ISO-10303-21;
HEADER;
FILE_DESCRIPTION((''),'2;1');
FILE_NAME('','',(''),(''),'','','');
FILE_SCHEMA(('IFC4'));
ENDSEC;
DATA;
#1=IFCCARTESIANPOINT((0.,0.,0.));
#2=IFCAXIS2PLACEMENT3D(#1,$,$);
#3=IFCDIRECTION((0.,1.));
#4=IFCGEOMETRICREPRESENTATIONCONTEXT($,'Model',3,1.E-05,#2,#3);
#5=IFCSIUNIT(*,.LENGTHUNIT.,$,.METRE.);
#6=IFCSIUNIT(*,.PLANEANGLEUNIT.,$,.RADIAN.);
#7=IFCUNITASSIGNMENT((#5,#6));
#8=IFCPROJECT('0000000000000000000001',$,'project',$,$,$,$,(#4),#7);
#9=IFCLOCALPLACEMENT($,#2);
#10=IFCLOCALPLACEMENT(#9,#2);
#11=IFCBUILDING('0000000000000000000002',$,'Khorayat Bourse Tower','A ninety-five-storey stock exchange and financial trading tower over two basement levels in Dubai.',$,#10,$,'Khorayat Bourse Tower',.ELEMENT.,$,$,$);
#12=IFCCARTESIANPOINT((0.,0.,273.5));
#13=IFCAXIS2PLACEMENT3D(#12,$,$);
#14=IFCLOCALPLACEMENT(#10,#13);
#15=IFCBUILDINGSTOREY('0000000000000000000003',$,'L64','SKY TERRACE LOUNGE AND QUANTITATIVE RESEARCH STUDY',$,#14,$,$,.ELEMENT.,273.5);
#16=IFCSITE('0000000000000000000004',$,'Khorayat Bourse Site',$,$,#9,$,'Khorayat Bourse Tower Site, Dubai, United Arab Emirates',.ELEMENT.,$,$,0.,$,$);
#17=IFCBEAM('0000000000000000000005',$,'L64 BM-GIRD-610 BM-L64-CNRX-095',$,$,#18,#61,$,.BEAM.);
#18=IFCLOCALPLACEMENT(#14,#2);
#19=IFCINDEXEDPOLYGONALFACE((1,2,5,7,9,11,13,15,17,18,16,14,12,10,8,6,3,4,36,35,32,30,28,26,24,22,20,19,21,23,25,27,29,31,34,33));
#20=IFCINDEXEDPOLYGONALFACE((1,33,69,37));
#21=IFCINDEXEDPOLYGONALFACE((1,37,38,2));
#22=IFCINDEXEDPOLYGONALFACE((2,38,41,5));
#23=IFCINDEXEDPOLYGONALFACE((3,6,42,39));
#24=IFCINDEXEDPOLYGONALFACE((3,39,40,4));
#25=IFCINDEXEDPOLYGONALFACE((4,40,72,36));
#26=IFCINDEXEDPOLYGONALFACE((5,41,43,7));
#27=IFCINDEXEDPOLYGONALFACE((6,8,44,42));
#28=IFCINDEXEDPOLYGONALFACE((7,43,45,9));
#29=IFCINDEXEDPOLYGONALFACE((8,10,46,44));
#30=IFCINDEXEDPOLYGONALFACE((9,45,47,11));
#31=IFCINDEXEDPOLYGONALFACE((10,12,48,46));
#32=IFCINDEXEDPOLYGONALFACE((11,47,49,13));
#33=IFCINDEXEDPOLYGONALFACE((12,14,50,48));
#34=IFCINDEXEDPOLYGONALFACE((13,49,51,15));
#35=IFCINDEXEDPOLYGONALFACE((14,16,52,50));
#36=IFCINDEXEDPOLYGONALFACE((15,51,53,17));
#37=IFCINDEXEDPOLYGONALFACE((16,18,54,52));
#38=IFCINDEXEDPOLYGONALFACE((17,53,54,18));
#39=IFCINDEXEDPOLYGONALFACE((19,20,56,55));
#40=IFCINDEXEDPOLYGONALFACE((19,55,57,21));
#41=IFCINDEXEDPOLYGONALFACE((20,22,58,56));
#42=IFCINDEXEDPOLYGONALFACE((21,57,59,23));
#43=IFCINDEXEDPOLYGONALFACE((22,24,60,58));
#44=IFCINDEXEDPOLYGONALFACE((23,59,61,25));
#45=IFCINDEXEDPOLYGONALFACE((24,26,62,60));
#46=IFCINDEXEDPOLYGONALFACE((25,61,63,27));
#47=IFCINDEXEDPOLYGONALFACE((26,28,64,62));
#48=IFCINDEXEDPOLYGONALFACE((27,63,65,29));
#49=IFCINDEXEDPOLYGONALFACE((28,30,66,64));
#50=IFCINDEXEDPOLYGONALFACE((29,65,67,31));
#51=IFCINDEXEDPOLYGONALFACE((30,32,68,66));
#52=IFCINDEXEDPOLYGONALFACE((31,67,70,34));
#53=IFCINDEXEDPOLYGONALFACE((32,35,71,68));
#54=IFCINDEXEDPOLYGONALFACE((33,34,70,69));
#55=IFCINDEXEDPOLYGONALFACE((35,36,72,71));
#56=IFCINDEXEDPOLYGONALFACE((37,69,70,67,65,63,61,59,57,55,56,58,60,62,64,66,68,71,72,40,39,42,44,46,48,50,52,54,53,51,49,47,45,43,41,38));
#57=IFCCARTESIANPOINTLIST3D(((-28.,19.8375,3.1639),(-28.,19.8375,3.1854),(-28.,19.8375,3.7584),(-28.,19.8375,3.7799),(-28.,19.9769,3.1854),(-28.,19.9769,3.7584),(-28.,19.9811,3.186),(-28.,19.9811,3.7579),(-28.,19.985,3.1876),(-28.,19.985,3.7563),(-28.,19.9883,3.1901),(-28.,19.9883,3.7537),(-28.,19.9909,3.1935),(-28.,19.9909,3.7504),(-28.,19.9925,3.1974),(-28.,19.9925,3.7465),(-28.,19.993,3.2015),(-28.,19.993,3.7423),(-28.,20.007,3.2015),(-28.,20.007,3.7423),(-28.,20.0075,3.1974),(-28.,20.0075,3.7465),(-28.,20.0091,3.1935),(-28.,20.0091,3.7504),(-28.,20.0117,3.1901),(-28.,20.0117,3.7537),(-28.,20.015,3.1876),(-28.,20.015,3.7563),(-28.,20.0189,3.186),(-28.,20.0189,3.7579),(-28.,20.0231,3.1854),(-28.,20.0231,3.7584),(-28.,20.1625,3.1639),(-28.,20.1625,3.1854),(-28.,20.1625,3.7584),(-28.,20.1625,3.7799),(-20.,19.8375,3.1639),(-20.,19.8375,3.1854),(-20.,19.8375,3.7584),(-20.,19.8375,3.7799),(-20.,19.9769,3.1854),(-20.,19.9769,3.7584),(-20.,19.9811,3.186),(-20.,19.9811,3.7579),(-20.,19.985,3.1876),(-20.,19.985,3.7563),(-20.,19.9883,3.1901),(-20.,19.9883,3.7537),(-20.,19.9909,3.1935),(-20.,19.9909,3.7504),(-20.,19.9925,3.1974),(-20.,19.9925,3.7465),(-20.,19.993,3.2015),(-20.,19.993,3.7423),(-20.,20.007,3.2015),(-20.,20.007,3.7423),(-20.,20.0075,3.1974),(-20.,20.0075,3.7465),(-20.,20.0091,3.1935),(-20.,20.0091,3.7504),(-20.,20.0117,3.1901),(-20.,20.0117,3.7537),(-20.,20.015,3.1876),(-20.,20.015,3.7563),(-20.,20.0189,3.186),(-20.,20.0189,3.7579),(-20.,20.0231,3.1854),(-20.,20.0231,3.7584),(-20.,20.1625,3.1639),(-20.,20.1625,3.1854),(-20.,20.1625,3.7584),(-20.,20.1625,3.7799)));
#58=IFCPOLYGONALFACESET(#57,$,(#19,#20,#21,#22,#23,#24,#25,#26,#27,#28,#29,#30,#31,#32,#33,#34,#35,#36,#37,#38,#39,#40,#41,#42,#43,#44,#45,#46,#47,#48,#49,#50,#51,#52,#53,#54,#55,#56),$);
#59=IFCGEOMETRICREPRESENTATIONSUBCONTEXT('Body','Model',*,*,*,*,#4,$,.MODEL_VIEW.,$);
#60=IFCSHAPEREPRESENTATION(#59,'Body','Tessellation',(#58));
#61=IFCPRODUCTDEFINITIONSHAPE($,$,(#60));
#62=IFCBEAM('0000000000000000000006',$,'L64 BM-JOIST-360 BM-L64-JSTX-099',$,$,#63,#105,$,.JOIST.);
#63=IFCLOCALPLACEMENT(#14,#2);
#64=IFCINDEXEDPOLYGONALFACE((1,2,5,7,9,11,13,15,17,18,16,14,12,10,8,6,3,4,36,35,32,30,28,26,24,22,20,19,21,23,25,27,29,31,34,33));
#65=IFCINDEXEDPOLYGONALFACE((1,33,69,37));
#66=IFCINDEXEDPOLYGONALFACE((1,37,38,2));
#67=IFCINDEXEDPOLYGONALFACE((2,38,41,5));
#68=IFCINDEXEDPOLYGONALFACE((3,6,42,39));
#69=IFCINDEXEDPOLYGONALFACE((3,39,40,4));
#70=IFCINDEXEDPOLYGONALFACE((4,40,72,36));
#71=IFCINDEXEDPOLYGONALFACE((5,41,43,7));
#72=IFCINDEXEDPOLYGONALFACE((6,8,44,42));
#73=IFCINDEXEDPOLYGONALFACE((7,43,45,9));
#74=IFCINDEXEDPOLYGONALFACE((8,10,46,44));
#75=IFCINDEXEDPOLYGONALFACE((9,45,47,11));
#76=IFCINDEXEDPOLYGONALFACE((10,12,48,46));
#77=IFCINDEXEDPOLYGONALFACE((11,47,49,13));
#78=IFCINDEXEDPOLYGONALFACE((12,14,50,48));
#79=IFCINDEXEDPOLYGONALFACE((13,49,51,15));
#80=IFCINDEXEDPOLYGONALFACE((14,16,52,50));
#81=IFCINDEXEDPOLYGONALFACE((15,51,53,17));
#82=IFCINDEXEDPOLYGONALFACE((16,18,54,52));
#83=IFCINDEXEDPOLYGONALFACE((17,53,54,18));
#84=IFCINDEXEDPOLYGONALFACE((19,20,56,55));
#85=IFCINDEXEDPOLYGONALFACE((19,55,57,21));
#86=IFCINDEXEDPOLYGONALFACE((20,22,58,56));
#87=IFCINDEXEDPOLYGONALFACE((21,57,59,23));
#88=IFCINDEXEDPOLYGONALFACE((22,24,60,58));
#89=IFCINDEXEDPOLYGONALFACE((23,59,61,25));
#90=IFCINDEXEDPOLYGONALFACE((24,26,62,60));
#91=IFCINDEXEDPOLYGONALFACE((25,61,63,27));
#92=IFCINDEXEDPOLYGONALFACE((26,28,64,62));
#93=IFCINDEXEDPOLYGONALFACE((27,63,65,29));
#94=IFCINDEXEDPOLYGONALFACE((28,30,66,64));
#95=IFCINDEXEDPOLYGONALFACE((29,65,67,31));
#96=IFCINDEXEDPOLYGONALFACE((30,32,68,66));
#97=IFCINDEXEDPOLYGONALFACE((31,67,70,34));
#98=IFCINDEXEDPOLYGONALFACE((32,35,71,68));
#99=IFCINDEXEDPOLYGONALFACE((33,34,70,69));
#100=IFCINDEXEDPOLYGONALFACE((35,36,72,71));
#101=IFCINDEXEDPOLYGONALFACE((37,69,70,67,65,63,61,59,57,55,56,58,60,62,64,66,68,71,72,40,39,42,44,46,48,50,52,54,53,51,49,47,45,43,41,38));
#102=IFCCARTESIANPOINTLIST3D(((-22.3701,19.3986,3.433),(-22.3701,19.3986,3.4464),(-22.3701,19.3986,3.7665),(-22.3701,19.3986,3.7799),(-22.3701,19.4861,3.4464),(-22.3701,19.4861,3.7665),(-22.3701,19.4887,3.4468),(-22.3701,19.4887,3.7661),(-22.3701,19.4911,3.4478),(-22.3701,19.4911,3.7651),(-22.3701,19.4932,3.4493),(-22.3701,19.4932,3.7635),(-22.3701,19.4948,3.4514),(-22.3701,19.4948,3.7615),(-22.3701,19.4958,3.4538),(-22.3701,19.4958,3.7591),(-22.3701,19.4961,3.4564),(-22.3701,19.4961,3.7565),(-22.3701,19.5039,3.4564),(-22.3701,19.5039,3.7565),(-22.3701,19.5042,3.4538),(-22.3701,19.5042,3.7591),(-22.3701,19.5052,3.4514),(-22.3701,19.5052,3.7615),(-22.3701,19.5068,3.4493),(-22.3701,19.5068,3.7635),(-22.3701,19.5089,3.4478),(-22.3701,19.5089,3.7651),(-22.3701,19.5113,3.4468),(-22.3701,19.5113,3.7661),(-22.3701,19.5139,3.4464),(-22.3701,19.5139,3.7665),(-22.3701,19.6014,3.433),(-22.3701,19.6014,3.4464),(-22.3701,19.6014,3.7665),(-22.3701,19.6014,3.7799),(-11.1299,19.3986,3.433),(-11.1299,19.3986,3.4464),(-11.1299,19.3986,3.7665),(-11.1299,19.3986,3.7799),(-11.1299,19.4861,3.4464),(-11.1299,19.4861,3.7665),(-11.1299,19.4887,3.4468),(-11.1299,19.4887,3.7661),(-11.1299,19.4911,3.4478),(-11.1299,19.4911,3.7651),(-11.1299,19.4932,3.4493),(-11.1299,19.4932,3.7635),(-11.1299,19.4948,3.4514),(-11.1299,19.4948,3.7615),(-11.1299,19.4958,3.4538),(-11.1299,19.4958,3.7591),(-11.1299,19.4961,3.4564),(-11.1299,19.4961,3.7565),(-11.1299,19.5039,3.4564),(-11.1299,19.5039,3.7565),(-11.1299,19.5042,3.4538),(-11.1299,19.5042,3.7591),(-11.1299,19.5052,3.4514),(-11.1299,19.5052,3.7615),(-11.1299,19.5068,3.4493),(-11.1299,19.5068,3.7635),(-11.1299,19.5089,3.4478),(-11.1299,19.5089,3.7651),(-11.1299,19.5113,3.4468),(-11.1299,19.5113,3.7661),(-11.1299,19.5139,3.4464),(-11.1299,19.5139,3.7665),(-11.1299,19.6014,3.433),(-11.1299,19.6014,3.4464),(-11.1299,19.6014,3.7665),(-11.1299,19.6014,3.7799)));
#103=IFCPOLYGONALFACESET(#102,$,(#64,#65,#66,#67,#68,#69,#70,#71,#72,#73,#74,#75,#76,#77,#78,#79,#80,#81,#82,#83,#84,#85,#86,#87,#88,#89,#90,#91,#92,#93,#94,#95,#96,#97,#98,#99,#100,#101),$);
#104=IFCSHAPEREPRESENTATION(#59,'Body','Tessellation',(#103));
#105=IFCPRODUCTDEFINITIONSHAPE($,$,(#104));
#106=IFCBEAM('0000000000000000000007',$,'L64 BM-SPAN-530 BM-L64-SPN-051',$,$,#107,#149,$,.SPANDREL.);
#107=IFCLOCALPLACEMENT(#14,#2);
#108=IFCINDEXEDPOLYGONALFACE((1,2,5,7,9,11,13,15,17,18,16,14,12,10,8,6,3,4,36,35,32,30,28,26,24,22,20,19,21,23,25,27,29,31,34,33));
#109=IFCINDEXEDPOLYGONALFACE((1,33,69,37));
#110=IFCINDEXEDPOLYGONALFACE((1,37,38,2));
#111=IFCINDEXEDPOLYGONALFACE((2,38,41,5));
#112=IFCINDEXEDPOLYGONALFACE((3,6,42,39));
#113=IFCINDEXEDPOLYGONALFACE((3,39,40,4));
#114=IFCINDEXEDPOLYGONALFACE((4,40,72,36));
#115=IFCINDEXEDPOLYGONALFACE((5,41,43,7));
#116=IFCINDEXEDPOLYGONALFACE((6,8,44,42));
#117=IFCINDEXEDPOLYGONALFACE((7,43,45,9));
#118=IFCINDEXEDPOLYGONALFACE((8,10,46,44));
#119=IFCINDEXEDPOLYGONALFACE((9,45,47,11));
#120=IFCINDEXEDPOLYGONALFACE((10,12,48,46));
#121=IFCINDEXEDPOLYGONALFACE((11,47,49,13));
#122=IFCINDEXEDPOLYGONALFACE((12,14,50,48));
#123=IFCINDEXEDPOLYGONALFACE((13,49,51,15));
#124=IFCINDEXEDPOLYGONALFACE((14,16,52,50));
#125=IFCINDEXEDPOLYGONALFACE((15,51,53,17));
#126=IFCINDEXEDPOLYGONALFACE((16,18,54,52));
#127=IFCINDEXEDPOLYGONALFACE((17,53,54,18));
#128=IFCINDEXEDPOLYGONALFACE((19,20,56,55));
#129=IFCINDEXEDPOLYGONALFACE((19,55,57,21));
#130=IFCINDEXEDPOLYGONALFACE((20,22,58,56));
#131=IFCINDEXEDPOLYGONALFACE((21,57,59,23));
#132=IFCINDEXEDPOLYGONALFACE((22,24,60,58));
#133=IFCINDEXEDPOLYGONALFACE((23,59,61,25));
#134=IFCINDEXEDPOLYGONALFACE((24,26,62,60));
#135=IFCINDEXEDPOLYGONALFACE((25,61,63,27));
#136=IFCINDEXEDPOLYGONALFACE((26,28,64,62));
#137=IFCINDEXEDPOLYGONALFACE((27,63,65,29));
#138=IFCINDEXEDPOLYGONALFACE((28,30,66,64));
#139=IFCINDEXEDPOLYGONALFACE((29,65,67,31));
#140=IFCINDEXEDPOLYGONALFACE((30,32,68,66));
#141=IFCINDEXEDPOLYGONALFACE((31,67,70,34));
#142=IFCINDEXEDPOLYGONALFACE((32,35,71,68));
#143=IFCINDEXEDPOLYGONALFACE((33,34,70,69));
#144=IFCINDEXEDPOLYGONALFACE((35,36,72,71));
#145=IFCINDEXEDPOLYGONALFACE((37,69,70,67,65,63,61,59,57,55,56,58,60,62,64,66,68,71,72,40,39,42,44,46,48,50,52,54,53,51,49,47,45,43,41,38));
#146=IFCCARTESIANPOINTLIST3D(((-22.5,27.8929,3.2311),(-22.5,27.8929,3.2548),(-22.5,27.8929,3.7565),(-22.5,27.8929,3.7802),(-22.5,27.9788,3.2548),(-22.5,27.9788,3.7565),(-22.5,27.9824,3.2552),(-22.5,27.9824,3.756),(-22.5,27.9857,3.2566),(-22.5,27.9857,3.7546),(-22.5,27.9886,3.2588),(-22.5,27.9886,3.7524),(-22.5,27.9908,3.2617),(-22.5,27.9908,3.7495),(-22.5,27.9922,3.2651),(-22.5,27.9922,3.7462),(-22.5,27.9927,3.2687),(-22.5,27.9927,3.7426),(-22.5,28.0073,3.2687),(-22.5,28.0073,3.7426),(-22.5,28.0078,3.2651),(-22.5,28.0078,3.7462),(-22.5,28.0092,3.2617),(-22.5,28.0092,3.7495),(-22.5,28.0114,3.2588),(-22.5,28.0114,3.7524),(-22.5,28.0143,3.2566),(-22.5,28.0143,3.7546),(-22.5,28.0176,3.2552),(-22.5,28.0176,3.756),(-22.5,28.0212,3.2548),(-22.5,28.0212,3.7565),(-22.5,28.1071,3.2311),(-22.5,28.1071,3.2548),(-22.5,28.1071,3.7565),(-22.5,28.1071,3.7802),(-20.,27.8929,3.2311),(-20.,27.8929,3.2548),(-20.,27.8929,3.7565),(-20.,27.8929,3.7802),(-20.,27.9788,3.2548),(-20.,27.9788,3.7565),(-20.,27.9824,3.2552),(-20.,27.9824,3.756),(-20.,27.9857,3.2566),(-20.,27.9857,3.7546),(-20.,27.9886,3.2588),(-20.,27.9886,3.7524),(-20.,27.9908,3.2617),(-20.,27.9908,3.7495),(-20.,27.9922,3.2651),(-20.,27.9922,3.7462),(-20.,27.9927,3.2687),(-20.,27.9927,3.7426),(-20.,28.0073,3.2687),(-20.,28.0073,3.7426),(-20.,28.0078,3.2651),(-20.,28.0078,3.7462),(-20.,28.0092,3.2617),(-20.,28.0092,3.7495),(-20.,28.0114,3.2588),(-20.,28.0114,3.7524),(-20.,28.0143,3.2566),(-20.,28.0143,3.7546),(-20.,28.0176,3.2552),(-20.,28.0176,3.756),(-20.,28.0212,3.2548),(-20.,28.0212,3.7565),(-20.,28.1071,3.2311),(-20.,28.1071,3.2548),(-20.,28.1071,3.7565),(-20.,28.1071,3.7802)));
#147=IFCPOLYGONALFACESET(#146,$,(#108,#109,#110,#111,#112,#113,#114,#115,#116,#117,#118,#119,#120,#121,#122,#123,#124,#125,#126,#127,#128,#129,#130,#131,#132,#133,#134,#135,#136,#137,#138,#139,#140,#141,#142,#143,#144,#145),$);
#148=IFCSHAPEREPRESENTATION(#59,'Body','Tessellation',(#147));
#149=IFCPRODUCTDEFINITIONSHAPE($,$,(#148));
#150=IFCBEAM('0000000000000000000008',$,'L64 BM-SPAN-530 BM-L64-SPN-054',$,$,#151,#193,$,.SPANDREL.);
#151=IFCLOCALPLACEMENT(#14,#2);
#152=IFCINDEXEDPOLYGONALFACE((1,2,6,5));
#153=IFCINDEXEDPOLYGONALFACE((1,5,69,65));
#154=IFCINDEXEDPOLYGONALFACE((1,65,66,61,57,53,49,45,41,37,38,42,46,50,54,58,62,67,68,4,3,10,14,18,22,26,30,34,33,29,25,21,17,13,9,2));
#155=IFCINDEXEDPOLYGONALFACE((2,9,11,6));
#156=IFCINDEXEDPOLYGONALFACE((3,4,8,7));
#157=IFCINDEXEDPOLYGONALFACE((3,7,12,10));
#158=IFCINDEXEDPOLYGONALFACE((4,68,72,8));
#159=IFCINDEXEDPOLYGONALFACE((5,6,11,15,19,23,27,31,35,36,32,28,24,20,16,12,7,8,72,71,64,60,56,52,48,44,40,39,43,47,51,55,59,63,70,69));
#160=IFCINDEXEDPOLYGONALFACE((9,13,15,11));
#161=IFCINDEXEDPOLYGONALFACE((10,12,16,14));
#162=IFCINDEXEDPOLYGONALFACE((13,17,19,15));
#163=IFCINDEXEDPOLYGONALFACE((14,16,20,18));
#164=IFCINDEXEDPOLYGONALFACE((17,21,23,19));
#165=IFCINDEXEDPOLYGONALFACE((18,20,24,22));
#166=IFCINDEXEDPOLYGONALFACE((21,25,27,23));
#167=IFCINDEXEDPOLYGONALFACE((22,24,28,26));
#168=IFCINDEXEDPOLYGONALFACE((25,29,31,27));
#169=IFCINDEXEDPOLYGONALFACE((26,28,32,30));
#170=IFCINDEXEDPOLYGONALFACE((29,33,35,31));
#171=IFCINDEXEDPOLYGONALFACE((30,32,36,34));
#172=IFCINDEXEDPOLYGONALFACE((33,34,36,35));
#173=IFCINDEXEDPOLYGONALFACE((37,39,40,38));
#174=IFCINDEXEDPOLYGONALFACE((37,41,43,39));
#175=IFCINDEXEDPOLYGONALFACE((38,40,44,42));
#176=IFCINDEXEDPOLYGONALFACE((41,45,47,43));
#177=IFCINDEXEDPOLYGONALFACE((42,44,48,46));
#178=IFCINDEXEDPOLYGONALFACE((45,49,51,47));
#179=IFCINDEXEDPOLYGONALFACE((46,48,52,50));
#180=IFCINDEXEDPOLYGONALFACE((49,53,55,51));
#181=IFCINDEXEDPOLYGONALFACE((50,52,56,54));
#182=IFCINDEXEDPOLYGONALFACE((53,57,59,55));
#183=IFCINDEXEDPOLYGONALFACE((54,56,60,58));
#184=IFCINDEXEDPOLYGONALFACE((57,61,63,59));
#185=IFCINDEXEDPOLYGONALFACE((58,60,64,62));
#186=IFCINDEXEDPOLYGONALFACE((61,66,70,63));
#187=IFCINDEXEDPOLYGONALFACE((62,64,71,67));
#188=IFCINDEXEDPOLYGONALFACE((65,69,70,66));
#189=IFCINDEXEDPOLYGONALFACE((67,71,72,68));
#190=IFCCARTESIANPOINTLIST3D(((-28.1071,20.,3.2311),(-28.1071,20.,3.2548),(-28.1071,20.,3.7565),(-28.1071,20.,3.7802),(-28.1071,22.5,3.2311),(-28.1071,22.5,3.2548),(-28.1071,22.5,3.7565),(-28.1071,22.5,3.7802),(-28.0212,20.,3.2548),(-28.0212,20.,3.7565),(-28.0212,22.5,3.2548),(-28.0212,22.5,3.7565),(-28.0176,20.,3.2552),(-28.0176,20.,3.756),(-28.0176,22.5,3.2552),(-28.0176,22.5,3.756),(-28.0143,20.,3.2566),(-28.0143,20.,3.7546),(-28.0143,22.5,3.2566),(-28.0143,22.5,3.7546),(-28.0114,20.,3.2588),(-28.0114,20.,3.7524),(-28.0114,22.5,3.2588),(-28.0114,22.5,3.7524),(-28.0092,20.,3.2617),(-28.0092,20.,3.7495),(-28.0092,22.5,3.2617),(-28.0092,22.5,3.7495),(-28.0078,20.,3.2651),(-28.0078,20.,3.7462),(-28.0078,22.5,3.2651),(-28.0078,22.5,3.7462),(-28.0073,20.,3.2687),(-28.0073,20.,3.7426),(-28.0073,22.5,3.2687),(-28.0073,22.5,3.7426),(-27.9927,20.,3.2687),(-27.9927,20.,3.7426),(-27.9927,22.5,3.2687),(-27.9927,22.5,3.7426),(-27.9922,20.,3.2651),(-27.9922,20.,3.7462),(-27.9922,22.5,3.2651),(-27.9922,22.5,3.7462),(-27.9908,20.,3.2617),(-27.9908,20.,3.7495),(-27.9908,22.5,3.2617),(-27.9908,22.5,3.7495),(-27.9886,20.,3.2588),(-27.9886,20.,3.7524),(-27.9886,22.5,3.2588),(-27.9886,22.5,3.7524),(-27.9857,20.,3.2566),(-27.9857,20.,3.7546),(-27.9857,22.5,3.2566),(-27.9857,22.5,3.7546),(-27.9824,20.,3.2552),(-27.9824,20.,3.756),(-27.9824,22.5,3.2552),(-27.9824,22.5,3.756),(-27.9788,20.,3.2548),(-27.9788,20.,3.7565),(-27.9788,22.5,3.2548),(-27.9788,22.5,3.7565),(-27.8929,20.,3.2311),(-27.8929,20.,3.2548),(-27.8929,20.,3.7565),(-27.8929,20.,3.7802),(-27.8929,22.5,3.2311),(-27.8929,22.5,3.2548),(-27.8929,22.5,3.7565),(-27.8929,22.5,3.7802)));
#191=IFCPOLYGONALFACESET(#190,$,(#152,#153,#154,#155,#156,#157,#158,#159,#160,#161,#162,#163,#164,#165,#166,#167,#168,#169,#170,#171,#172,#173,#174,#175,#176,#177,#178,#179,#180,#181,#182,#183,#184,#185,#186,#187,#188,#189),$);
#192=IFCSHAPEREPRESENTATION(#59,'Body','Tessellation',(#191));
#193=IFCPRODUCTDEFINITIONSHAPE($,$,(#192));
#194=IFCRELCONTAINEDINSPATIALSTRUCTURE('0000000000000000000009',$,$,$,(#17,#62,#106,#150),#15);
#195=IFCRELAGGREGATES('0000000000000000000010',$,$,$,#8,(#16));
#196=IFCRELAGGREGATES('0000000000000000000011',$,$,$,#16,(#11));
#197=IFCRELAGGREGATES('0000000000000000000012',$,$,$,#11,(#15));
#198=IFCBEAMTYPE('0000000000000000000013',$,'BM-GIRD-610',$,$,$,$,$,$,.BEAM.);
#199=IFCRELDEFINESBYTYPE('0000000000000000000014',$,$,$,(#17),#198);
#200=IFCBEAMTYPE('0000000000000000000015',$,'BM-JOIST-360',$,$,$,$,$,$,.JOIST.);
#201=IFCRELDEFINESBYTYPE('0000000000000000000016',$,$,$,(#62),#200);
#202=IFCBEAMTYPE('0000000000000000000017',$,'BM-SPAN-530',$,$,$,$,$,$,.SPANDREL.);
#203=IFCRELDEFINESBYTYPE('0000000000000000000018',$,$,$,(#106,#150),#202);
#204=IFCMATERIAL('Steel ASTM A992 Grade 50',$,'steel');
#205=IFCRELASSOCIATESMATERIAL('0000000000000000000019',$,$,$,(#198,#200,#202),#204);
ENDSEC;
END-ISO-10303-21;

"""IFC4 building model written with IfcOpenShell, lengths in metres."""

from ifc_helpers import new_model, si_unit, direction, frame, origin, origin_2d, place, context, subcontext, project, spatial, i_section, extrude, source, transform, mapped, material, material_profile, profile_set, type_object, element, save


model = new_model("IFC4")

# Units and contexts
model_context = context("Model", 3, precision=1e-05, world=origin(), true_north=direction((0.0, 1.0)))
body_context = subcontext(model_context, "Body", "Model", "MODEL_VIEW")
ifc_project = project(units=[si_unit("LENGTHUNIT", "METRE"), si_unit("PLANEANGLEUNIT", "RADIAN")], contexts=[model_context])

# Site, building, storey
site_placement = place(None, origin())
site = spatial("IfcSite", under=ifc_project, at=site_placement, Name="Khorayat Bourse Site", LongName="Khorayat Bourse Tower Site, Dubai, United Arab Emirates", CompositionType="ELEMENT", RefElevation=0.0)
building_placement = place(site_placement, origin())
building = spatial("IfcBuilding", under=site, at=building_placement, Name="Khorayat Bourse Tower", Description="A ninety-five-storey stock exchange and financial trading tower over two basement levels in Dubai.", LongName="Khorayat Bourse Tower", CompositionType="ELEMENT")
storey_placement = place(building_placement, frame((0.0, 0.0, 273.5)))
storey = spatial("IfcBuildingStorey", under=building, at=storey_placement, Name="L64", Description="SKY TERRACE LOUNGE AND QUANTITATIVE RESEARCH STUDY", CompositionType="ELEMENT", Elevation=273.5)

# Beams
ifc_material_1 = material(Name="Steel ASTM A992 Grade 50", Category="steel")
ifc_material_profile_1 = material_profile(ifc_material_1, i_section(OverallWidth=0.325, OverallDepth=0.616, WebThickness=0.0139, FlangeThickness=0.0215, FilletRadius=0.0161, at=origin_2d()), Name="W610X174")
ifc_profile_set_1 = profile_set([ifc_material_profile_1], Name="Steel ASTM A992 Grade 50")
beam_type_1 = type_object("IfcBeamType", Name="BM-GIRD-610", PredefinedType="BEAM", material=ifc_profile_set_1)
shared_shape_1 = source(origin(), body_context, "Body", "SweptSolid", [
    extrude(i_section(OverallWidth=0.325, OverallDepth=0.616, WebThickness=0.0139, FlangeThickness=0.0215, FilletRadius=0.0161, at=origin_2d()), origin(), (0.0, 0.0, 1.0), 8.0),
])
beam_1_placement = place(storey_placement, frame((-28.0, 20.0, 3.4719), z_axis=(1.0, 0.0, 0.0), x_axis=(0.0, 1.0, 0.0)))
element("IfcBeam", 1, at=beam_1_placement, inside=storey, type_object=beam_type_1, Name="L64 BM-GIRD-610 BM-L64-CNRX-095", PredefinedType="BEAM", context=body_context, shape_type="MappedRepresentation", body=[
    mapped(shared_shape_1, transform((0.0, 0.0, 0.0), scale=1.0)),
])
ifc_material_profile_2 = material_profile(ifc_material_1, i_section(OverallWidth=0.2029, OverallDepth=0.3469, WebThickness=0.0078, FlangeThickness=0.0134, FilletRadius=0.01, at=origin_2d()), Name="W360X64")
ifc_profile_set_2 = profile_set([ifc_material_profile_2], Name="Steel ASTM A992 Grade 50")
beam_type_2 = type_object("IfcBeamType", Name="BM-JOIST-360", PredefinedType="JOIST", material=ifc_profile_set_2)
shared_shape_2 = source(origin(), body_context, "Body", "SweptSolid", [
    extrude(i_section(OverallWidth=0.2029, OverallDepth=0.3469, WebThickness=0.0078, FlangeThickness=0.0134, FilletRadius=0.01, at=origin_2d()), origin(), (0.0, 0.0, 1.0), 11.2402),
])
beam_2_placement = place(storey_placement, frame((-22.3701, 19.5, 3.6064), z_axis=(1.0, 0.0, 0.0), x_axis=(0.0, 1.0, 0.0)))
element("IfcBeam", 2, at=beam_2_placement, inside=storey, type_object=beam_type_2, Name="L64 BM-JOIST-360 BM-L64-JSTX-099", PredefinedType="JOIST", context=body_context, shape_type="MappedRepresentation", body=[
    mapped(shared_shape_2, transform((0.0, 0.0, 0.0), scale=1.0)),
])
ifc_material_profile_3 = material_profile(ifc_material_1, i_section(OverallWidth=0.2141, OverallDepth=0.5491, WebThickness=0.0146, FlangeThickness=0.0237, FilletRadius=0.0139, at=origin_2d()), Name="W530X138")
ifc_profile_set_3 = profile_set([ifc_material_profile_3], Name="Steel ASTM A992 Grade 50")
beam_type_3 = type_object("IfcBeamType", Name="BM-SPAN-530", PredefinedType="SPANDREL", material=ifc_profile_set_3)
shared_shape_3 = source(origin(), body_context, "Body", "SweptSolid", [
    extrude(i_section(OverallWidth=0.2141, OverallDepth=0.5491, WebThickness=0.0146, FlangeThickness=0.0237, FilletRadius=0.0139, at=origin_2d()), origin(), (0.0, 0.0, 1.0), 2.5),
])
for number, where, z_axis, x_axis, name in (
    (3, (-22.5, 28.0, 3.5056), (1.0, 0.0, 0.0), (0.0, 1.0, 0.0), "L64 BM-SPAN-530 BM-L64-SPN-051"),
    (4, (-28.0, 20.0, 3.5056), (0.0, 1.0, 0.0), (-1.0, 0.0, 0.0), "L64 BM-SPAN-530 BM-L64-SPN-054"),
):
    element("IfcBeam", number, at=place(storey_placement, frame(where, z_axis=z_axis, x_axis=x_axis)), inside=storey, type_object=beam_type_3, Name=name, PredefinedType="SPANDREL", context=body_context, shape_type="MappedRepresentation", body=[
        mapped(shared_shape_3, transform((0.0, 0.0, 0.0), scale=1.0)),
    ])

save(model, "model.ifc")
